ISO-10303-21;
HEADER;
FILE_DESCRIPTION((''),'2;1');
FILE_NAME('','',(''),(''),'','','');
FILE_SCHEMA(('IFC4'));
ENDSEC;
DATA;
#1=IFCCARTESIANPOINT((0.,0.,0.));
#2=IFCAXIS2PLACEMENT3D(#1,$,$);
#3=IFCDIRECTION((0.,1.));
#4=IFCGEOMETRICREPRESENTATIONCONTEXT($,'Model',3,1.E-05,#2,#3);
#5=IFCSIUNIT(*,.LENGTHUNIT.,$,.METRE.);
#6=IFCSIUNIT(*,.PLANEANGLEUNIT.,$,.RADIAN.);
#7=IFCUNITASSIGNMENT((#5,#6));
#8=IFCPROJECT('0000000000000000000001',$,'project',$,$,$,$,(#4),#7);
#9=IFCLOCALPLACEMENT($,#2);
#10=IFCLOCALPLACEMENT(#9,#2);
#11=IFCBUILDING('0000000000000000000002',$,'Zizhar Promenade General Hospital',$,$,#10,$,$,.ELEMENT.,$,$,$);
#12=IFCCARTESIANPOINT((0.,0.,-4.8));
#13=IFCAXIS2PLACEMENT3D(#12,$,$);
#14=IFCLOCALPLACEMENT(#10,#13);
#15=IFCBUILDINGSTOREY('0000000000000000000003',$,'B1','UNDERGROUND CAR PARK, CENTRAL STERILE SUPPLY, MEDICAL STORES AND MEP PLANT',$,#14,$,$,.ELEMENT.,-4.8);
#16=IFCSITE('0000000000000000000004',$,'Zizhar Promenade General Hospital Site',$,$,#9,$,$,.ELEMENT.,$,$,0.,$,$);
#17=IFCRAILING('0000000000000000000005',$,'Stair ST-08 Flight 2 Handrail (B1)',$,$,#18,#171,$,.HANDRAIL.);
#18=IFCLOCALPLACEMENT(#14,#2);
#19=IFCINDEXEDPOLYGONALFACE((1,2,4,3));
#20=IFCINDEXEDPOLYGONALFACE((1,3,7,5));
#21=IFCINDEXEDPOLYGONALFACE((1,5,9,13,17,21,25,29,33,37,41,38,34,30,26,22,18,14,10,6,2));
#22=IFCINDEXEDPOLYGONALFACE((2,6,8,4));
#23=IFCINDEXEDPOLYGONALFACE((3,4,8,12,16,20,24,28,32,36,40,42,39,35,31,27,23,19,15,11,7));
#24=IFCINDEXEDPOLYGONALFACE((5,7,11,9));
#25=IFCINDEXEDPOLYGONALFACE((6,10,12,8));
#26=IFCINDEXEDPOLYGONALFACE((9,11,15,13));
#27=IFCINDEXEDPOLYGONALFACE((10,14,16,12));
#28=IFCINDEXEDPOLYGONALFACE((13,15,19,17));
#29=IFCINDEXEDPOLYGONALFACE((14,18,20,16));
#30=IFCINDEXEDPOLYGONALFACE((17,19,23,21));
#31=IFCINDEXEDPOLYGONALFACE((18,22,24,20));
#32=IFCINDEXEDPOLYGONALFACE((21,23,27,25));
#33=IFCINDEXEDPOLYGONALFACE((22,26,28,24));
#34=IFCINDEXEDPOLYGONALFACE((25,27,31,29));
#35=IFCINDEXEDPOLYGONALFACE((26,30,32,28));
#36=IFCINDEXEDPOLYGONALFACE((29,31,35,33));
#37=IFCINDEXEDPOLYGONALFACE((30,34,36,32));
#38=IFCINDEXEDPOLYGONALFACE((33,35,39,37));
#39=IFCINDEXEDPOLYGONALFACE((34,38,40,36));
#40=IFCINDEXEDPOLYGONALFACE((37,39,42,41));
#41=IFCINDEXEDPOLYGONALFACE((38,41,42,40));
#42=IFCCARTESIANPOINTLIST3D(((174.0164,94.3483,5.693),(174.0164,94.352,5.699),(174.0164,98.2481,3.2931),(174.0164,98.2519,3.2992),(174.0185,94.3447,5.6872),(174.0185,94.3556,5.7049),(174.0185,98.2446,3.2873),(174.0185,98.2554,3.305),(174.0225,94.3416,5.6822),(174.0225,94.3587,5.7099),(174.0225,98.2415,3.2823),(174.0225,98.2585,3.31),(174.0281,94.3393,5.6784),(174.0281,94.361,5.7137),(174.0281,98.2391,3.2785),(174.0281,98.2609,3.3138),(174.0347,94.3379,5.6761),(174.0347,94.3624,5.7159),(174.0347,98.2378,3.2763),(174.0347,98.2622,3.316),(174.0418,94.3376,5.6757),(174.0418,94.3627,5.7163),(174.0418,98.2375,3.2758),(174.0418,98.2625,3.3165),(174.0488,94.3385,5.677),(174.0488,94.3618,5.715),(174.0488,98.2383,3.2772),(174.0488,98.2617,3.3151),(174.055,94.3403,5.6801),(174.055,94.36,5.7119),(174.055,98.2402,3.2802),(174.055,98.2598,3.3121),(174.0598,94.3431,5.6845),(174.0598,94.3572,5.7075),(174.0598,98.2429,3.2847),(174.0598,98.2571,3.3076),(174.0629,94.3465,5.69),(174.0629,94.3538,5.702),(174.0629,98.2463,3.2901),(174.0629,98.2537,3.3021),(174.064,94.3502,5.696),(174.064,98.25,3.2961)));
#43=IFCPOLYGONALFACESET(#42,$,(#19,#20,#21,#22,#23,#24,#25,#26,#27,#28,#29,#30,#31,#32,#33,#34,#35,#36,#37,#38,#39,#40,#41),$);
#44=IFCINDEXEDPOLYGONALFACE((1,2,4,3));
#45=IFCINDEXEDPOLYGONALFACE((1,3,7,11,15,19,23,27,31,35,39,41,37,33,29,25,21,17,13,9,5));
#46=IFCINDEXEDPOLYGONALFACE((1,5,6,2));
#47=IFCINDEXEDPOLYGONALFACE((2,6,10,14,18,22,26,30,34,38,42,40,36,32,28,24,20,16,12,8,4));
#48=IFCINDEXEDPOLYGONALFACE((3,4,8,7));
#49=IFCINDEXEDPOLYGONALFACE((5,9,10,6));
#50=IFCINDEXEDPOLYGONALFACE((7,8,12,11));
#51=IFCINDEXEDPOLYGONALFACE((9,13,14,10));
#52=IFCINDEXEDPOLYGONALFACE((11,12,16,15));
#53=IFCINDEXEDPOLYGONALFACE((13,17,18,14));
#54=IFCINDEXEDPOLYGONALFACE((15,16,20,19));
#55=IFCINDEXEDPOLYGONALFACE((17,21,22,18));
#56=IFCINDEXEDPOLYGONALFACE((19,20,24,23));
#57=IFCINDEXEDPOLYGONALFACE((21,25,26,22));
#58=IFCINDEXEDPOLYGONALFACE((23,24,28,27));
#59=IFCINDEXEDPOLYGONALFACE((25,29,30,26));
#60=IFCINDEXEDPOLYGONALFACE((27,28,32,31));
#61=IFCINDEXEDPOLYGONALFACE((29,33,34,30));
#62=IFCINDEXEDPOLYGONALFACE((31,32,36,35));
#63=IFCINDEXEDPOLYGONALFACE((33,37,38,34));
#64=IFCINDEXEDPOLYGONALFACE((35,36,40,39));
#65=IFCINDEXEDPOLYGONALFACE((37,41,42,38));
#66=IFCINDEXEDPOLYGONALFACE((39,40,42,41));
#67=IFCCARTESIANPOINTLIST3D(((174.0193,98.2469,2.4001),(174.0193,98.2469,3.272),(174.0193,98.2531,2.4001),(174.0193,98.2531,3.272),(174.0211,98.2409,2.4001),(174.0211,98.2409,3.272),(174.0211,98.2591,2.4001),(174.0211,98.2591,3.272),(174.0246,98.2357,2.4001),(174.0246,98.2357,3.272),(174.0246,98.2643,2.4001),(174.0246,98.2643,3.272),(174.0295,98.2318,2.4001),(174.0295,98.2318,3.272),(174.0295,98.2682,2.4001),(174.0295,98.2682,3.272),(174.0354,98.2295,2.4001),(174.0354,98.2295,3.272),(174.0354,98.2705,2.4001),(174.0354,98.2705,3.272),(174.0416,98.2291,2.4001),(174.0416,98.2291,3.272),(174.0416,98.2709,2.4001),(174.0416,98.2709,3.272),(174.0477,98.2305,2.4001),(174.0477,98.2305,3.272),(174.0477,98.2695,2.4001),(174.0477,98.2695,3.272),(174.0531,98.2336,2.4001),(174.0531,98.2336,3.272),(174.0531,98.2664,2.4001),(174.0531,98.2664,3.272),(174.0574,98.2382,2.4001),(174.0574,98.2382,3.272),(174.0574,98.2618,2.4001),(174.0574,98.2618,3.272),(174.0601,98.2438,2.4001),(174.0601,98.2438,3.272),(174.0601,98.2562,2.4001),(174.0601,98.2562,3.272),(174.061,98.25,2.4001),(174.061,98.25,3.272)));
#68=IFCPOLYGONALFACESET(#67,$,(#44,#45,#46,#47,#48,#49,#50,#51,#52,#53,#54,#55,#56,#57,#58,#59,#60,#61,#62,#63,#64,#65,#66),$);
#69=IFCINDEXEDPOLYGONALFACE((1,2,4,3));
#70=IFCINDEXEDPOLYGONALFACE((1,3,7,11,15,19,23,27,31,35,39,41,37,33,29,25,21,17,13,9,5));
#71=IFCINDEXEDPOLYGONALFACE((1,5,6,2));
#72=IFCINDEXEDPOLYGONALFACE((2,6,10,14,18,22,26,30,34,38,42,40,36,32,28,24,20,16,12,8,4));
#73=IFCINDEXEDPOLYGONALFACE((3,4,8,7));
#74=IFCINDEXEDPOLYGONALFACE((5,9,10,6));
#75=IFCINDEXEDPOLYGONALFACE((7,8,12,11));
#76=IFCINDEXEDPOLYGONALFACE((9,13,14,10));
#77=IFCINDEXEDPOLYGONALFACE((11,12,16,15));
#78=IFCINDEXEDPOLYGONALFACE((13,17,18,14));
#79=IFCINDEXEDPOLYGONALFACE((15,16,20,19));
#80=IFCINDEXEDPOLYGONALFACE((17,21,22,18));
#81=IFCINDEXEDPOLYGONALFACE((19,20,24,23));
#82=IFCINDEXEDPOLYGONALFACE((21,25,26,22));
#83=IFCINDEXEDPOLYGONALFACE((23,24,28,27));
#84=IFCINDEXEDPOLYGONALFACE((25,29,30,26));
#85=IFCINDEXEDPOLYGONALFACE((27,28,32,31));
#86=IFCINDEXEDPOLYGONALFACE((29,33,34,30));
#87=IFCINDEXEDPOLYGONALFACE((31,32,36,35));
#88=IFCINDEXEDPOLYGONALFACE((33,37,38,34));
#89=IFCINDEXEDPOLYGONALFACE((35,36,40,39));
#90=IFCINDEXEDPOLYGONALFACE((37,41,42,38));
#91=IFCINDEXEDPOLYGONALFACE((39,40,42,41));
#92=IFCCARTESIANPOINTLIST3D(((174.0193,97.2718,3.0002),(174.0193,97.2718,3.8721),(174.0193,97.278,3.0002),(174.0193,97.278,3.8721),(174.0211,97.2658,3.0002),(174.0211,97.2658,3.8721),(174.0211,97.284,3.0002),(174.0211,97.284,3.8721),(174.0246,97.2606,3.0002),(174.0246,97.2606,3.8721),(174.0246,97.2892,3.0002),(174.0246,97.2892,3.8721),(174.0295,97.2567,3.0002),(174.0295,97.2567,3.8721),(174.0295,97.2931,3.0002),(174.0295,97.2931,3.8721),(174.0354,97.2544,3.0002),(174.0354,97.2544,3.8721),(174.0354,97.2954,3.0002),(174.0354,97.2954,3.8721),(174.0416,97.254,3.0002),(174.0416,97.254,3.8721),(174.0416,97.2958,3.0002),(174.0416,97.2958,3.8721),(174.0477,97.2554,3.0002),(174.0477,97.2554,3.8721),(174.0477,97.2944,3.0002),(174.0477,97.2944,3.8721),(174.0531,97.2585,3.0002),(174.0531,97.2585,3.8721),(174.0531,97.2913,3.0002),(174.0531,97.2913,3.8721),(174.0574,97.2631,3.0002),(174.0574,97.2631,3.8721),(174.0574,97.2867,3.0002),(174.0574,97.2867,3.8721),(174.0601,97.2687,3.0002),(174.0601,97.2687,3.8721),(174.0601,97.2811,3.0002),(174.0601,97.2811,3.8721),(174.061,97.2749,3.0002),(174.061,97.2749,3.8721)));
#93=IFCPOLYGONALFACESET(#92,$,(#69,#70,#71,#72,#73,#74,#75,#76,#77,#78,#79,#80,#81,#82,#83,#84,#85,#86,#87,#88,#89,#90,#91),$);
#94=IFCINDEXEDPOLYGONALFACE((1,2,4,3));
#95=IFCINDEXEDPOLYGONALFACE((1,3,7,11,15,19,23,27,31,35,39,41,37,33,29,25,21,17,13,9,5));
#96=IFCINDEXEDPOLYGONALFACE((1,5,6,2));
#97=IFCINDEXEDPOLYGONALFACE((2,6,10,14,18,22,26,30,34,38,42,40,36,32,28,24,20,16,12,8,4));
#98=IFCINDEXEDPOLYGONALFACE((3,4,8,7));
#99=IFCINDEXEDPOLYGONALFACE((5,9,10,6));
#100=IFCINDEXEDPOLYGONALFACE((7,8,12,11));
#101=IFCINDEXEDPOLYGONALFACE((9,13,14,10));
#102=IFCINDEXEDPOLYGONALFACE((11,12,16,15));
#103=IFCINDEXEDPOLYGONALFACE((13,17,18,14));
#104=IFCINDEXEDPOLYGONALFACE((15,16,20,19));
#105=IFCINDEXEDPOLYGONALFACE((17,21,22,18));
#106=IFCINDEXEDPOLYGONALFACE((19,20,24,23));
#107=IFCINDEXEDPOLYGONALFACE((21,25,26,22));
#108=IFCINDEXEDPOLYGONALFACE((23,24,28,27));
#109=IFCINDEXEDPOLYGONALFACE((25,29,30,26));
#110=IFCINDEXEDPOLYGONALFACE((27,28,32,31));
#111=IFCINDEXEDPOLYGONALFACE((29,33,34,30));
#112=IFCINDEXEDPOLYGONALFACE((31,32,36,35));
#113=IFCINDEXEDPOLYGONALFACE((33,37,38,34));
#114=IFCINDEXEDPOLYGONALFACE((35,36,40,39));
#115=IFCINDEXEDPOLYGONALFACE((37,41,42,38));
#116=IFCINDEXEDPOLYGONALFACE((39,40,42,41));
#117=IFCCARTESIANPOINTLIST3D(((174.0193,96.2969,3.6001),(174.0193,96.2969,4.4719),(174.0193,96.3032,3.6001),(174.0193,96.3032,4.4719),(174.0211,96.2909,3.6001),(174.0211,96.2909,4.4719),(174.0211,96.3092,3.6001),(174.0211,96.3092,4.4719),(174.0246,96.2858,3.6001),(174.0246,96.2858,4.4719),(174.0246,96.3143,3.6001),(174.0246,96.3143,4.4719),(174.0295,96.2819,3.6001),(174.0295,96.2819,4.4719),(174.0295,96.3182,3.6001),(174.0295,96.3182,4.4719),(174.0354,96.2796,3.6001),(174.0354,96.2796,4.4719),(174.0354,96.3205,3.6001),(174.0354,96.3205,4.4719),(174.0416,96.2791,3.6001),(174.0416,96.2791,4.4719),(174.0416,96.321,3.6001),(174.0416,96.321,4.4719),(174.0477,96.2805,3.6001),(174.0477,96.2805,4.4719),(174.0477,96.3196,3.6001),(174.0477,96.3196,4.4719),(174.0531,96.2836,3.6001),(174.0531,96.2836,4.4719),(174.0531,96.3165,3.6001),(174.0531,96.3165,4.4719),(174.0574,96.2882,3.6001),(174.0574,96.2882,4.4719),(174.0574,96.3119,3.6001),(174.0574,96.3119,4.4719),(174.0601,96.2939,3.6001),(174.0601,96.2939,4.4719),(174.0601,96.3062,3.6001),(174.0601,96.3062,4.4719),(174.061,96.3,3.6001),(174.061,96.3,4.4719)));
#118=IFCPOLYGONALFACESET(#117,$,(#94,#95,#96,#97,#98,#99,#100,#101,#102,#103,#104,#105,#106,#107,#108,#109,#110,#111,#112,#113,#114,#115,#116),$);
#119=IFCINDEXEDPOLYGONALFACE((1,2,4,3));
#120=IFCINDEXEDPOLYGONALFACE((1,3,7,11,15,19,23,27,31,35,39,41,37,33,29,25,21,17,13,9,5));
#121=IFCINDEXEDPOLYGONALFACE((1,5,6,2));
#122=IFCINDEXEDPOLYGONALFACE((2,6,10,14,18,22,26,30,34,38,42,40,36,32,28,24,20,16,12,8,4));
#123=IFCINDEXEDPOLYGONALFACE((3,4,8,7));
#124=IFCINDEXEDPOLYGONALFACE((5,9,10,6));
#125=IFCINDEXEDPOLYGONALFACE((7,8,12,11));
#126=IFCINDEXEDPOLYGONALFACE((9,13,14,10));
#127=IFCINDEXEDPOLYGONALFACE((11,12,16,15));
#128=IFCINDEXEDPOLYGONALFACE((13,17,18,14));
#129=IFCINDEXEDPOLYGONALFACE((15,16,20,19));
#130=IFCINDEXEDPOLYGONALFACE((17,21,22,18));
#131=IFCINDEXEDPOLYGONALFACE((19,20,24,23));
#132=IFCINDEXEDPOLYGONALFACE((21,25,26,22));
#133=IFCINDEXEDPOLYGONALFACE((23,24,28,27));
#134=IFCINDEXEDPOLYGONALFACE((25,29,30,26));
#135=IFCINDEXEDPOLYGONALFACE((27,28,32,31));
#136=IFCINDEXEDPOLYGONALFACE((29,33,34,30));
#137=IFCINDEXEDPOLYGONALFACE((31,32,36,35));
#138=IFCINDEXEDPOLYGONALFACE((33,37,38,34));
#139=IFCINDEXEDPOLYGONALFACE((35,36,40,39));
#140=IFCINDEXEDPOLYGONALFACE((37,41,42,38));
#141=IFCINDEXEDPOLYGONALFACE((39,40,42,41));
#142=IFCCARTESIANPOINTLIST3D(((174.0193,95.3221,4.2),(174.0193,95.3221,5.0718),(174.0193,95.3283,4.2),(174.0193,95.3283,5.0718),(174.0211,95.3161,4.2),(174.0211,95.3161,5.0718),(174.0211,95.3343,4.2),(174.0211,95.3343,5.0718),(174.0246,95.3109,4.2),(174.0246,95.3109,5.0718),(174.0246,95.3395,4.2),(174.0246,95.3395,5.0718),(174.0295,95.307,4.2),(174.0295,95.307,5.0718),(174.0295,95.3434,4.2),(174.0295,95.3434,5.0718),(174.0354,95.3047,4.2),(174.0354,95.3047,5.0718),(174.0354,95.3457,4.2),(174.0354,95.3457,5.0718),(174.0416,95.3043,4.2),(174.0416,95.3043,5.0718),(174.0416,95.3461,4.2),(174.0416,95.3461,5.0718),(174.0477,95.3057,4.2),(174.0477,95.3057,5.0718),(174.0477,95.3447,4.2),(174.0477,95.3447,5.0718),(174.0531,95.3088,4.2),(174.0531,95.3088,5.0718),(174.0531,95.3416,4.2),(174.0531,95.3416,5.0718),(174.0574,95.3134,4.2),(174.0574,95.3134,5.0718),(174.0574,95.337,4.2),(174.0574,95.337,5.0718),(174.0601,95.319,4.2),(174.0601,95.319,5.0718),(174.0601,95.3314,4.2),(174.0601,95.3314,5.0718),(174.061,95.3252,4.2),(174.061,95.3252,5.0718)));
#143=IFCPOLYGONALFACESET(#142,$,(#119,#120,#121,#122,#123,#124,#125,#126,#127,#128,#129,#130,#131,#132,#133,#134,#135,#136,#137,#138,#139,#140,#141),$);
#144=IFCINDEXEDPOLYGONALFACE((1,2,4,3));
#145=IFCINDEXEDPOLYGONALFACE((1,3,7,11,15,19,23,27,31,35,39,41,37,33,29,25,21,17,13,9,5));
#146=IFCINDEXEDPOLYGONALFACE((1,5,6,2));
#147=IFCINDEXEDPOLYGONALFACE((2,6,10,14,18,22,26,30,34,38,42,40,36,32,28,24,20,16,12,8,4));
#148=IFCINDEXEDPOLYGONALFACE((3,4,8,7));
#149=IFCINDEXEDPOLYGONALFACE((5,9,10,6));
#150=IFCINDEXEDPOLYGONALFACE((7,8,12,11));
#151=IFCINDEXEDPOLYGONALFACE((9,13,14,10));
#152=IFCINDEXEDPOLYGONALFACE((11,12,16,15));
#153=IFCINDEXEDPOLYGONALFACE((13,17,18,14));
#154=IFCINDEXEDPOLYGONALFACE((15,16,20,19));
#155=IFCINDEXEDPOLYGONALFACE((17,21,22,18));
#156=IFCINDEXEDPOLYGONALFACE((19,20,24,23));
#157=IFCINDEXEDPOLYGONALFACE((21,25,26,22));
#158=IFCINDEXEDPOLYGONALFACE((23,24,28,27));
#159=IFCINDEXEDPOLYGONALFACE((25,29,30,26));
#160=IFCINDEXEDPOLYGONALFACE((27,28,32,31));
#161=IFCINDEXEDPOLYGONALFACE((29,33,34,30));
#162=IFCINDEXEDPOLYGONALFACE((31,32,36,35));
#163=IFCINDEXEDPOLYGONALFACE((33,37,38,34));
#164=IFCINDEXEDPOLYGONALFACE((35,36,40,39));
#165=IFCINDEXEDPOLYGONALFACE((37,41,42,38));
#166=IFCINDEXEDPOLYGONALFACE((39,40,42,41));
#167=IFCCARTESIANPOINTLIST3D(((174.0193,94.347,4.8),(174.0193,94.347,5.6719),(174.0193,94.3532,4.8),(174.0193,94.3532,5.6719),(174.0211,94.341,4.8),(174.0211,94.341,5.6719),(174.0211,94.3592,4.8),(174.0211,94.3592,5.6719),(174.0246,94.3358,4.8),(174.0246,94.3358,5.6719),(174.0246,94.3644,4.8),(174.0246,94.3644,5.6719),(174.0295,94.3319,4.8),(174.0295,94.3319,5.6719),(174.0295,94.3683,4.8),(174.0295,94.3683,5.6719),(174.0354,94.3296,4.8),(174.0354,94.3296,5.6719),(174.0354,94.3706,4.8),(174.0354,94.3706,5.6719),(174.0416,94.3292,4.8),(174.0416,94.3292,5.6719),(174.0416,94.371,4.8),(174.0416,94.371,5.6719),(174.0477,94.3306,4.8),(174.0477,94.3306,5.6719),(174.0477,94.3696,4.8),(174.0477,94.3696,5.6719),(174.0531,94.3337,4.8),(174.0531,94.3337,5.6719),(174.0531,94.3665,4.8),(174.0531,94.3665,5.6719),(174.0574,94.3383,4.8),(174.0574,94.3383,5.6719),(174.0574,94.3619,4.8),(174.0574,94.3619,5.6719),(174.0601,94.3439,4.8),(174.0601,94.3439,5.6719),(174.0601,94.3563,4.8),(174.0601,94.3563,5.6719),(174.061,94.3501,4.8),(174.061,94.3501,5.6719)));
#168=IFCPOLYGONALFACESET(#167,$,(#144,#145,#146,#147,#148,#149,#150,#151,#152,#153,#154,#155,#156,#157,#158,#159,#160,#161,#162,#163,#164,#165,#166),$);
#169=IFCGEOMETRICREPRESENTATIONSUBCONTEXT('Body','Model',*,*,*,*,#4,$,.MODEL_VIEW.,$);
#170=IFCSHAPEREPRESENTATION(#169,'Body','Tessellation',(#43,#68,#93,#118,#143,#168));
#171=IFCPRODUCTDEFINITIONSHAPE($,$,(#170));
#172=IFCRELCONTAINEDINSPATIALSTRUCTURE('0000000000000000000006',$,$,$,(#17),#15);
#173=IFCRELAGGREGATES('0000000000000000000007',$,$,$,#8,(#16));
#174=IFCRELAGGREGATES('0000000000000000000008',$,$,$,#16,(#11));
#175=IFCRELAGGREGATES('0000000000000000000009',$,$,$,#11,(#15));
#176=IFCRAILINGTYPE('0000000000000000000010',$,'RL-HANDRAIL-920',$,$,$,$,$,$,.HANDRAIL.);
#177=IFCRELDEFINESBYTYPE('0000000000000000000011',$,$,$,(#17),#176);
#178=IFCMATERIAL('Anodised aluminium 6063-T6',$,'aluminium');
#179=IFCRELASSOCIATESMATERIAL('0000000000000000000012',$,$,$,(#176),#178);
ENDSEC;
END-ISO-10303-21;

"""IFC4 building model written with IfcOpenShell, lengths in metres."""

from ifc_helpers import new_model, si_unit, direction, frame, origin, origin_2d, place, context, subcontext, project, spatial, circle, hollow_circle, extrude, material, material_profile, profile_set, type_object, element, save


model = new_model("IFC4")

# Units and contexts
model_context = context("Model", 3, precision=1e-05, world=origin(), true_north=direction((0.0, 1.0)))
body_context = subcontext(model_context, "Body", "Model", "MODEL_VIEW")
ifc_project = project(units=[si_unit("LENGTHUNIT", "METRE"), si_unit("PLANEANGLEUNIT", "RADIAN")], contexts=[model_context])

# Site, building, storey
site_placement = place(None, origin())
site = spatial("IfcSite", under=ifc_project, at=site_placement, Name="Zizhar Promenade General Hospital Site", CompositionType="ELEMENT", RefElevation=0.0)
building_placement = place(site_placement, origin())
building = spatial("IfcBuilding", under=site, at=building_placement, Name="Zizhar Promenade General Hospital", CompositionType="ELEMENT")
storey_placement = place(building_placement, frame((0.0, 0.0, -4.8)))
storey = spatial("IfcBuildingStorey", under=building, at=storey_placement, Name="B1", Description="UNDERGROUND CAR PARK, CENTRAL STERILE SUPPLY, MEDICAL STORES AND MEP PLANT", CompositionType="ELEMENT", Elevation=-4.8)

# Railing
ifc_material_1 = material(Name="Anodised aluminium 6063-T6", Category="aluminium")
ifc_material_profile_1 = material_profile(ifc_material_1, hollow_circle(Radius=0.0698, WallThickness=0.0063, at=origin_2d()))
ifc_profile_set_1 = profile_set([ifc_material_profile_1], Name="Anodised aluminium 6063-T6")
railing_type_1 = type_object("IfcRailingType", Name="RL-HANDRAIL-920", PredefinedType="HANDRAIL", material=ifc_profile_set_1)
railing_1_placement = place(storey_placement, frame((174.04, 98.25, 2.4001)))
element("IfcRailing", 1, at=railing_1_placement, inside=storey, type_object=railing_type_1, Name="Stair ST-08 Flight 2 Handrail (B1)", PredefinedType="HANDRAIL", context=body_context, shape_type="SweptSolid", body=[
    extrude(circle(Radius=0.0239, at=origin_2d()), frame((0.0, 0.0, 0.896), z_axis=(0.0, -0.851662, 0.524091), x_axis=(1.0, 0.0, 0.0)), (0.0, 0.0, 1.0), 4.5791),
    extrude(circle(Radius=0.021, at=origin_2d()), origin(), (0.0, 0.0, 1.0), 0.8718),
    extrude(circle(Radius=0.021, at=origin_2d()), frame((0.0, -0.9751, 0.6001)), (0.0, 0.0, 1.0), 0.8718),
    extrude(circle(Radius=0.021, at=origin_2d()), frame((0.0, -1.95, 1.2)), (0.0, 0.0, 1.0), 0.8718),
    extrude(circle(Radius=0.021, at=origin_2d()), frame((0.0, -2.9248, 1.7998)), (0.0, 0.0, 1.0), 0.8718),
    extrude(circle(Radius=0.021, at=origin_2d()), frame((0.0, -3.8999, 2.3999)), (0.0, 0.0, 1.0), 0.8718),
])

save(model, "model.ifc")
